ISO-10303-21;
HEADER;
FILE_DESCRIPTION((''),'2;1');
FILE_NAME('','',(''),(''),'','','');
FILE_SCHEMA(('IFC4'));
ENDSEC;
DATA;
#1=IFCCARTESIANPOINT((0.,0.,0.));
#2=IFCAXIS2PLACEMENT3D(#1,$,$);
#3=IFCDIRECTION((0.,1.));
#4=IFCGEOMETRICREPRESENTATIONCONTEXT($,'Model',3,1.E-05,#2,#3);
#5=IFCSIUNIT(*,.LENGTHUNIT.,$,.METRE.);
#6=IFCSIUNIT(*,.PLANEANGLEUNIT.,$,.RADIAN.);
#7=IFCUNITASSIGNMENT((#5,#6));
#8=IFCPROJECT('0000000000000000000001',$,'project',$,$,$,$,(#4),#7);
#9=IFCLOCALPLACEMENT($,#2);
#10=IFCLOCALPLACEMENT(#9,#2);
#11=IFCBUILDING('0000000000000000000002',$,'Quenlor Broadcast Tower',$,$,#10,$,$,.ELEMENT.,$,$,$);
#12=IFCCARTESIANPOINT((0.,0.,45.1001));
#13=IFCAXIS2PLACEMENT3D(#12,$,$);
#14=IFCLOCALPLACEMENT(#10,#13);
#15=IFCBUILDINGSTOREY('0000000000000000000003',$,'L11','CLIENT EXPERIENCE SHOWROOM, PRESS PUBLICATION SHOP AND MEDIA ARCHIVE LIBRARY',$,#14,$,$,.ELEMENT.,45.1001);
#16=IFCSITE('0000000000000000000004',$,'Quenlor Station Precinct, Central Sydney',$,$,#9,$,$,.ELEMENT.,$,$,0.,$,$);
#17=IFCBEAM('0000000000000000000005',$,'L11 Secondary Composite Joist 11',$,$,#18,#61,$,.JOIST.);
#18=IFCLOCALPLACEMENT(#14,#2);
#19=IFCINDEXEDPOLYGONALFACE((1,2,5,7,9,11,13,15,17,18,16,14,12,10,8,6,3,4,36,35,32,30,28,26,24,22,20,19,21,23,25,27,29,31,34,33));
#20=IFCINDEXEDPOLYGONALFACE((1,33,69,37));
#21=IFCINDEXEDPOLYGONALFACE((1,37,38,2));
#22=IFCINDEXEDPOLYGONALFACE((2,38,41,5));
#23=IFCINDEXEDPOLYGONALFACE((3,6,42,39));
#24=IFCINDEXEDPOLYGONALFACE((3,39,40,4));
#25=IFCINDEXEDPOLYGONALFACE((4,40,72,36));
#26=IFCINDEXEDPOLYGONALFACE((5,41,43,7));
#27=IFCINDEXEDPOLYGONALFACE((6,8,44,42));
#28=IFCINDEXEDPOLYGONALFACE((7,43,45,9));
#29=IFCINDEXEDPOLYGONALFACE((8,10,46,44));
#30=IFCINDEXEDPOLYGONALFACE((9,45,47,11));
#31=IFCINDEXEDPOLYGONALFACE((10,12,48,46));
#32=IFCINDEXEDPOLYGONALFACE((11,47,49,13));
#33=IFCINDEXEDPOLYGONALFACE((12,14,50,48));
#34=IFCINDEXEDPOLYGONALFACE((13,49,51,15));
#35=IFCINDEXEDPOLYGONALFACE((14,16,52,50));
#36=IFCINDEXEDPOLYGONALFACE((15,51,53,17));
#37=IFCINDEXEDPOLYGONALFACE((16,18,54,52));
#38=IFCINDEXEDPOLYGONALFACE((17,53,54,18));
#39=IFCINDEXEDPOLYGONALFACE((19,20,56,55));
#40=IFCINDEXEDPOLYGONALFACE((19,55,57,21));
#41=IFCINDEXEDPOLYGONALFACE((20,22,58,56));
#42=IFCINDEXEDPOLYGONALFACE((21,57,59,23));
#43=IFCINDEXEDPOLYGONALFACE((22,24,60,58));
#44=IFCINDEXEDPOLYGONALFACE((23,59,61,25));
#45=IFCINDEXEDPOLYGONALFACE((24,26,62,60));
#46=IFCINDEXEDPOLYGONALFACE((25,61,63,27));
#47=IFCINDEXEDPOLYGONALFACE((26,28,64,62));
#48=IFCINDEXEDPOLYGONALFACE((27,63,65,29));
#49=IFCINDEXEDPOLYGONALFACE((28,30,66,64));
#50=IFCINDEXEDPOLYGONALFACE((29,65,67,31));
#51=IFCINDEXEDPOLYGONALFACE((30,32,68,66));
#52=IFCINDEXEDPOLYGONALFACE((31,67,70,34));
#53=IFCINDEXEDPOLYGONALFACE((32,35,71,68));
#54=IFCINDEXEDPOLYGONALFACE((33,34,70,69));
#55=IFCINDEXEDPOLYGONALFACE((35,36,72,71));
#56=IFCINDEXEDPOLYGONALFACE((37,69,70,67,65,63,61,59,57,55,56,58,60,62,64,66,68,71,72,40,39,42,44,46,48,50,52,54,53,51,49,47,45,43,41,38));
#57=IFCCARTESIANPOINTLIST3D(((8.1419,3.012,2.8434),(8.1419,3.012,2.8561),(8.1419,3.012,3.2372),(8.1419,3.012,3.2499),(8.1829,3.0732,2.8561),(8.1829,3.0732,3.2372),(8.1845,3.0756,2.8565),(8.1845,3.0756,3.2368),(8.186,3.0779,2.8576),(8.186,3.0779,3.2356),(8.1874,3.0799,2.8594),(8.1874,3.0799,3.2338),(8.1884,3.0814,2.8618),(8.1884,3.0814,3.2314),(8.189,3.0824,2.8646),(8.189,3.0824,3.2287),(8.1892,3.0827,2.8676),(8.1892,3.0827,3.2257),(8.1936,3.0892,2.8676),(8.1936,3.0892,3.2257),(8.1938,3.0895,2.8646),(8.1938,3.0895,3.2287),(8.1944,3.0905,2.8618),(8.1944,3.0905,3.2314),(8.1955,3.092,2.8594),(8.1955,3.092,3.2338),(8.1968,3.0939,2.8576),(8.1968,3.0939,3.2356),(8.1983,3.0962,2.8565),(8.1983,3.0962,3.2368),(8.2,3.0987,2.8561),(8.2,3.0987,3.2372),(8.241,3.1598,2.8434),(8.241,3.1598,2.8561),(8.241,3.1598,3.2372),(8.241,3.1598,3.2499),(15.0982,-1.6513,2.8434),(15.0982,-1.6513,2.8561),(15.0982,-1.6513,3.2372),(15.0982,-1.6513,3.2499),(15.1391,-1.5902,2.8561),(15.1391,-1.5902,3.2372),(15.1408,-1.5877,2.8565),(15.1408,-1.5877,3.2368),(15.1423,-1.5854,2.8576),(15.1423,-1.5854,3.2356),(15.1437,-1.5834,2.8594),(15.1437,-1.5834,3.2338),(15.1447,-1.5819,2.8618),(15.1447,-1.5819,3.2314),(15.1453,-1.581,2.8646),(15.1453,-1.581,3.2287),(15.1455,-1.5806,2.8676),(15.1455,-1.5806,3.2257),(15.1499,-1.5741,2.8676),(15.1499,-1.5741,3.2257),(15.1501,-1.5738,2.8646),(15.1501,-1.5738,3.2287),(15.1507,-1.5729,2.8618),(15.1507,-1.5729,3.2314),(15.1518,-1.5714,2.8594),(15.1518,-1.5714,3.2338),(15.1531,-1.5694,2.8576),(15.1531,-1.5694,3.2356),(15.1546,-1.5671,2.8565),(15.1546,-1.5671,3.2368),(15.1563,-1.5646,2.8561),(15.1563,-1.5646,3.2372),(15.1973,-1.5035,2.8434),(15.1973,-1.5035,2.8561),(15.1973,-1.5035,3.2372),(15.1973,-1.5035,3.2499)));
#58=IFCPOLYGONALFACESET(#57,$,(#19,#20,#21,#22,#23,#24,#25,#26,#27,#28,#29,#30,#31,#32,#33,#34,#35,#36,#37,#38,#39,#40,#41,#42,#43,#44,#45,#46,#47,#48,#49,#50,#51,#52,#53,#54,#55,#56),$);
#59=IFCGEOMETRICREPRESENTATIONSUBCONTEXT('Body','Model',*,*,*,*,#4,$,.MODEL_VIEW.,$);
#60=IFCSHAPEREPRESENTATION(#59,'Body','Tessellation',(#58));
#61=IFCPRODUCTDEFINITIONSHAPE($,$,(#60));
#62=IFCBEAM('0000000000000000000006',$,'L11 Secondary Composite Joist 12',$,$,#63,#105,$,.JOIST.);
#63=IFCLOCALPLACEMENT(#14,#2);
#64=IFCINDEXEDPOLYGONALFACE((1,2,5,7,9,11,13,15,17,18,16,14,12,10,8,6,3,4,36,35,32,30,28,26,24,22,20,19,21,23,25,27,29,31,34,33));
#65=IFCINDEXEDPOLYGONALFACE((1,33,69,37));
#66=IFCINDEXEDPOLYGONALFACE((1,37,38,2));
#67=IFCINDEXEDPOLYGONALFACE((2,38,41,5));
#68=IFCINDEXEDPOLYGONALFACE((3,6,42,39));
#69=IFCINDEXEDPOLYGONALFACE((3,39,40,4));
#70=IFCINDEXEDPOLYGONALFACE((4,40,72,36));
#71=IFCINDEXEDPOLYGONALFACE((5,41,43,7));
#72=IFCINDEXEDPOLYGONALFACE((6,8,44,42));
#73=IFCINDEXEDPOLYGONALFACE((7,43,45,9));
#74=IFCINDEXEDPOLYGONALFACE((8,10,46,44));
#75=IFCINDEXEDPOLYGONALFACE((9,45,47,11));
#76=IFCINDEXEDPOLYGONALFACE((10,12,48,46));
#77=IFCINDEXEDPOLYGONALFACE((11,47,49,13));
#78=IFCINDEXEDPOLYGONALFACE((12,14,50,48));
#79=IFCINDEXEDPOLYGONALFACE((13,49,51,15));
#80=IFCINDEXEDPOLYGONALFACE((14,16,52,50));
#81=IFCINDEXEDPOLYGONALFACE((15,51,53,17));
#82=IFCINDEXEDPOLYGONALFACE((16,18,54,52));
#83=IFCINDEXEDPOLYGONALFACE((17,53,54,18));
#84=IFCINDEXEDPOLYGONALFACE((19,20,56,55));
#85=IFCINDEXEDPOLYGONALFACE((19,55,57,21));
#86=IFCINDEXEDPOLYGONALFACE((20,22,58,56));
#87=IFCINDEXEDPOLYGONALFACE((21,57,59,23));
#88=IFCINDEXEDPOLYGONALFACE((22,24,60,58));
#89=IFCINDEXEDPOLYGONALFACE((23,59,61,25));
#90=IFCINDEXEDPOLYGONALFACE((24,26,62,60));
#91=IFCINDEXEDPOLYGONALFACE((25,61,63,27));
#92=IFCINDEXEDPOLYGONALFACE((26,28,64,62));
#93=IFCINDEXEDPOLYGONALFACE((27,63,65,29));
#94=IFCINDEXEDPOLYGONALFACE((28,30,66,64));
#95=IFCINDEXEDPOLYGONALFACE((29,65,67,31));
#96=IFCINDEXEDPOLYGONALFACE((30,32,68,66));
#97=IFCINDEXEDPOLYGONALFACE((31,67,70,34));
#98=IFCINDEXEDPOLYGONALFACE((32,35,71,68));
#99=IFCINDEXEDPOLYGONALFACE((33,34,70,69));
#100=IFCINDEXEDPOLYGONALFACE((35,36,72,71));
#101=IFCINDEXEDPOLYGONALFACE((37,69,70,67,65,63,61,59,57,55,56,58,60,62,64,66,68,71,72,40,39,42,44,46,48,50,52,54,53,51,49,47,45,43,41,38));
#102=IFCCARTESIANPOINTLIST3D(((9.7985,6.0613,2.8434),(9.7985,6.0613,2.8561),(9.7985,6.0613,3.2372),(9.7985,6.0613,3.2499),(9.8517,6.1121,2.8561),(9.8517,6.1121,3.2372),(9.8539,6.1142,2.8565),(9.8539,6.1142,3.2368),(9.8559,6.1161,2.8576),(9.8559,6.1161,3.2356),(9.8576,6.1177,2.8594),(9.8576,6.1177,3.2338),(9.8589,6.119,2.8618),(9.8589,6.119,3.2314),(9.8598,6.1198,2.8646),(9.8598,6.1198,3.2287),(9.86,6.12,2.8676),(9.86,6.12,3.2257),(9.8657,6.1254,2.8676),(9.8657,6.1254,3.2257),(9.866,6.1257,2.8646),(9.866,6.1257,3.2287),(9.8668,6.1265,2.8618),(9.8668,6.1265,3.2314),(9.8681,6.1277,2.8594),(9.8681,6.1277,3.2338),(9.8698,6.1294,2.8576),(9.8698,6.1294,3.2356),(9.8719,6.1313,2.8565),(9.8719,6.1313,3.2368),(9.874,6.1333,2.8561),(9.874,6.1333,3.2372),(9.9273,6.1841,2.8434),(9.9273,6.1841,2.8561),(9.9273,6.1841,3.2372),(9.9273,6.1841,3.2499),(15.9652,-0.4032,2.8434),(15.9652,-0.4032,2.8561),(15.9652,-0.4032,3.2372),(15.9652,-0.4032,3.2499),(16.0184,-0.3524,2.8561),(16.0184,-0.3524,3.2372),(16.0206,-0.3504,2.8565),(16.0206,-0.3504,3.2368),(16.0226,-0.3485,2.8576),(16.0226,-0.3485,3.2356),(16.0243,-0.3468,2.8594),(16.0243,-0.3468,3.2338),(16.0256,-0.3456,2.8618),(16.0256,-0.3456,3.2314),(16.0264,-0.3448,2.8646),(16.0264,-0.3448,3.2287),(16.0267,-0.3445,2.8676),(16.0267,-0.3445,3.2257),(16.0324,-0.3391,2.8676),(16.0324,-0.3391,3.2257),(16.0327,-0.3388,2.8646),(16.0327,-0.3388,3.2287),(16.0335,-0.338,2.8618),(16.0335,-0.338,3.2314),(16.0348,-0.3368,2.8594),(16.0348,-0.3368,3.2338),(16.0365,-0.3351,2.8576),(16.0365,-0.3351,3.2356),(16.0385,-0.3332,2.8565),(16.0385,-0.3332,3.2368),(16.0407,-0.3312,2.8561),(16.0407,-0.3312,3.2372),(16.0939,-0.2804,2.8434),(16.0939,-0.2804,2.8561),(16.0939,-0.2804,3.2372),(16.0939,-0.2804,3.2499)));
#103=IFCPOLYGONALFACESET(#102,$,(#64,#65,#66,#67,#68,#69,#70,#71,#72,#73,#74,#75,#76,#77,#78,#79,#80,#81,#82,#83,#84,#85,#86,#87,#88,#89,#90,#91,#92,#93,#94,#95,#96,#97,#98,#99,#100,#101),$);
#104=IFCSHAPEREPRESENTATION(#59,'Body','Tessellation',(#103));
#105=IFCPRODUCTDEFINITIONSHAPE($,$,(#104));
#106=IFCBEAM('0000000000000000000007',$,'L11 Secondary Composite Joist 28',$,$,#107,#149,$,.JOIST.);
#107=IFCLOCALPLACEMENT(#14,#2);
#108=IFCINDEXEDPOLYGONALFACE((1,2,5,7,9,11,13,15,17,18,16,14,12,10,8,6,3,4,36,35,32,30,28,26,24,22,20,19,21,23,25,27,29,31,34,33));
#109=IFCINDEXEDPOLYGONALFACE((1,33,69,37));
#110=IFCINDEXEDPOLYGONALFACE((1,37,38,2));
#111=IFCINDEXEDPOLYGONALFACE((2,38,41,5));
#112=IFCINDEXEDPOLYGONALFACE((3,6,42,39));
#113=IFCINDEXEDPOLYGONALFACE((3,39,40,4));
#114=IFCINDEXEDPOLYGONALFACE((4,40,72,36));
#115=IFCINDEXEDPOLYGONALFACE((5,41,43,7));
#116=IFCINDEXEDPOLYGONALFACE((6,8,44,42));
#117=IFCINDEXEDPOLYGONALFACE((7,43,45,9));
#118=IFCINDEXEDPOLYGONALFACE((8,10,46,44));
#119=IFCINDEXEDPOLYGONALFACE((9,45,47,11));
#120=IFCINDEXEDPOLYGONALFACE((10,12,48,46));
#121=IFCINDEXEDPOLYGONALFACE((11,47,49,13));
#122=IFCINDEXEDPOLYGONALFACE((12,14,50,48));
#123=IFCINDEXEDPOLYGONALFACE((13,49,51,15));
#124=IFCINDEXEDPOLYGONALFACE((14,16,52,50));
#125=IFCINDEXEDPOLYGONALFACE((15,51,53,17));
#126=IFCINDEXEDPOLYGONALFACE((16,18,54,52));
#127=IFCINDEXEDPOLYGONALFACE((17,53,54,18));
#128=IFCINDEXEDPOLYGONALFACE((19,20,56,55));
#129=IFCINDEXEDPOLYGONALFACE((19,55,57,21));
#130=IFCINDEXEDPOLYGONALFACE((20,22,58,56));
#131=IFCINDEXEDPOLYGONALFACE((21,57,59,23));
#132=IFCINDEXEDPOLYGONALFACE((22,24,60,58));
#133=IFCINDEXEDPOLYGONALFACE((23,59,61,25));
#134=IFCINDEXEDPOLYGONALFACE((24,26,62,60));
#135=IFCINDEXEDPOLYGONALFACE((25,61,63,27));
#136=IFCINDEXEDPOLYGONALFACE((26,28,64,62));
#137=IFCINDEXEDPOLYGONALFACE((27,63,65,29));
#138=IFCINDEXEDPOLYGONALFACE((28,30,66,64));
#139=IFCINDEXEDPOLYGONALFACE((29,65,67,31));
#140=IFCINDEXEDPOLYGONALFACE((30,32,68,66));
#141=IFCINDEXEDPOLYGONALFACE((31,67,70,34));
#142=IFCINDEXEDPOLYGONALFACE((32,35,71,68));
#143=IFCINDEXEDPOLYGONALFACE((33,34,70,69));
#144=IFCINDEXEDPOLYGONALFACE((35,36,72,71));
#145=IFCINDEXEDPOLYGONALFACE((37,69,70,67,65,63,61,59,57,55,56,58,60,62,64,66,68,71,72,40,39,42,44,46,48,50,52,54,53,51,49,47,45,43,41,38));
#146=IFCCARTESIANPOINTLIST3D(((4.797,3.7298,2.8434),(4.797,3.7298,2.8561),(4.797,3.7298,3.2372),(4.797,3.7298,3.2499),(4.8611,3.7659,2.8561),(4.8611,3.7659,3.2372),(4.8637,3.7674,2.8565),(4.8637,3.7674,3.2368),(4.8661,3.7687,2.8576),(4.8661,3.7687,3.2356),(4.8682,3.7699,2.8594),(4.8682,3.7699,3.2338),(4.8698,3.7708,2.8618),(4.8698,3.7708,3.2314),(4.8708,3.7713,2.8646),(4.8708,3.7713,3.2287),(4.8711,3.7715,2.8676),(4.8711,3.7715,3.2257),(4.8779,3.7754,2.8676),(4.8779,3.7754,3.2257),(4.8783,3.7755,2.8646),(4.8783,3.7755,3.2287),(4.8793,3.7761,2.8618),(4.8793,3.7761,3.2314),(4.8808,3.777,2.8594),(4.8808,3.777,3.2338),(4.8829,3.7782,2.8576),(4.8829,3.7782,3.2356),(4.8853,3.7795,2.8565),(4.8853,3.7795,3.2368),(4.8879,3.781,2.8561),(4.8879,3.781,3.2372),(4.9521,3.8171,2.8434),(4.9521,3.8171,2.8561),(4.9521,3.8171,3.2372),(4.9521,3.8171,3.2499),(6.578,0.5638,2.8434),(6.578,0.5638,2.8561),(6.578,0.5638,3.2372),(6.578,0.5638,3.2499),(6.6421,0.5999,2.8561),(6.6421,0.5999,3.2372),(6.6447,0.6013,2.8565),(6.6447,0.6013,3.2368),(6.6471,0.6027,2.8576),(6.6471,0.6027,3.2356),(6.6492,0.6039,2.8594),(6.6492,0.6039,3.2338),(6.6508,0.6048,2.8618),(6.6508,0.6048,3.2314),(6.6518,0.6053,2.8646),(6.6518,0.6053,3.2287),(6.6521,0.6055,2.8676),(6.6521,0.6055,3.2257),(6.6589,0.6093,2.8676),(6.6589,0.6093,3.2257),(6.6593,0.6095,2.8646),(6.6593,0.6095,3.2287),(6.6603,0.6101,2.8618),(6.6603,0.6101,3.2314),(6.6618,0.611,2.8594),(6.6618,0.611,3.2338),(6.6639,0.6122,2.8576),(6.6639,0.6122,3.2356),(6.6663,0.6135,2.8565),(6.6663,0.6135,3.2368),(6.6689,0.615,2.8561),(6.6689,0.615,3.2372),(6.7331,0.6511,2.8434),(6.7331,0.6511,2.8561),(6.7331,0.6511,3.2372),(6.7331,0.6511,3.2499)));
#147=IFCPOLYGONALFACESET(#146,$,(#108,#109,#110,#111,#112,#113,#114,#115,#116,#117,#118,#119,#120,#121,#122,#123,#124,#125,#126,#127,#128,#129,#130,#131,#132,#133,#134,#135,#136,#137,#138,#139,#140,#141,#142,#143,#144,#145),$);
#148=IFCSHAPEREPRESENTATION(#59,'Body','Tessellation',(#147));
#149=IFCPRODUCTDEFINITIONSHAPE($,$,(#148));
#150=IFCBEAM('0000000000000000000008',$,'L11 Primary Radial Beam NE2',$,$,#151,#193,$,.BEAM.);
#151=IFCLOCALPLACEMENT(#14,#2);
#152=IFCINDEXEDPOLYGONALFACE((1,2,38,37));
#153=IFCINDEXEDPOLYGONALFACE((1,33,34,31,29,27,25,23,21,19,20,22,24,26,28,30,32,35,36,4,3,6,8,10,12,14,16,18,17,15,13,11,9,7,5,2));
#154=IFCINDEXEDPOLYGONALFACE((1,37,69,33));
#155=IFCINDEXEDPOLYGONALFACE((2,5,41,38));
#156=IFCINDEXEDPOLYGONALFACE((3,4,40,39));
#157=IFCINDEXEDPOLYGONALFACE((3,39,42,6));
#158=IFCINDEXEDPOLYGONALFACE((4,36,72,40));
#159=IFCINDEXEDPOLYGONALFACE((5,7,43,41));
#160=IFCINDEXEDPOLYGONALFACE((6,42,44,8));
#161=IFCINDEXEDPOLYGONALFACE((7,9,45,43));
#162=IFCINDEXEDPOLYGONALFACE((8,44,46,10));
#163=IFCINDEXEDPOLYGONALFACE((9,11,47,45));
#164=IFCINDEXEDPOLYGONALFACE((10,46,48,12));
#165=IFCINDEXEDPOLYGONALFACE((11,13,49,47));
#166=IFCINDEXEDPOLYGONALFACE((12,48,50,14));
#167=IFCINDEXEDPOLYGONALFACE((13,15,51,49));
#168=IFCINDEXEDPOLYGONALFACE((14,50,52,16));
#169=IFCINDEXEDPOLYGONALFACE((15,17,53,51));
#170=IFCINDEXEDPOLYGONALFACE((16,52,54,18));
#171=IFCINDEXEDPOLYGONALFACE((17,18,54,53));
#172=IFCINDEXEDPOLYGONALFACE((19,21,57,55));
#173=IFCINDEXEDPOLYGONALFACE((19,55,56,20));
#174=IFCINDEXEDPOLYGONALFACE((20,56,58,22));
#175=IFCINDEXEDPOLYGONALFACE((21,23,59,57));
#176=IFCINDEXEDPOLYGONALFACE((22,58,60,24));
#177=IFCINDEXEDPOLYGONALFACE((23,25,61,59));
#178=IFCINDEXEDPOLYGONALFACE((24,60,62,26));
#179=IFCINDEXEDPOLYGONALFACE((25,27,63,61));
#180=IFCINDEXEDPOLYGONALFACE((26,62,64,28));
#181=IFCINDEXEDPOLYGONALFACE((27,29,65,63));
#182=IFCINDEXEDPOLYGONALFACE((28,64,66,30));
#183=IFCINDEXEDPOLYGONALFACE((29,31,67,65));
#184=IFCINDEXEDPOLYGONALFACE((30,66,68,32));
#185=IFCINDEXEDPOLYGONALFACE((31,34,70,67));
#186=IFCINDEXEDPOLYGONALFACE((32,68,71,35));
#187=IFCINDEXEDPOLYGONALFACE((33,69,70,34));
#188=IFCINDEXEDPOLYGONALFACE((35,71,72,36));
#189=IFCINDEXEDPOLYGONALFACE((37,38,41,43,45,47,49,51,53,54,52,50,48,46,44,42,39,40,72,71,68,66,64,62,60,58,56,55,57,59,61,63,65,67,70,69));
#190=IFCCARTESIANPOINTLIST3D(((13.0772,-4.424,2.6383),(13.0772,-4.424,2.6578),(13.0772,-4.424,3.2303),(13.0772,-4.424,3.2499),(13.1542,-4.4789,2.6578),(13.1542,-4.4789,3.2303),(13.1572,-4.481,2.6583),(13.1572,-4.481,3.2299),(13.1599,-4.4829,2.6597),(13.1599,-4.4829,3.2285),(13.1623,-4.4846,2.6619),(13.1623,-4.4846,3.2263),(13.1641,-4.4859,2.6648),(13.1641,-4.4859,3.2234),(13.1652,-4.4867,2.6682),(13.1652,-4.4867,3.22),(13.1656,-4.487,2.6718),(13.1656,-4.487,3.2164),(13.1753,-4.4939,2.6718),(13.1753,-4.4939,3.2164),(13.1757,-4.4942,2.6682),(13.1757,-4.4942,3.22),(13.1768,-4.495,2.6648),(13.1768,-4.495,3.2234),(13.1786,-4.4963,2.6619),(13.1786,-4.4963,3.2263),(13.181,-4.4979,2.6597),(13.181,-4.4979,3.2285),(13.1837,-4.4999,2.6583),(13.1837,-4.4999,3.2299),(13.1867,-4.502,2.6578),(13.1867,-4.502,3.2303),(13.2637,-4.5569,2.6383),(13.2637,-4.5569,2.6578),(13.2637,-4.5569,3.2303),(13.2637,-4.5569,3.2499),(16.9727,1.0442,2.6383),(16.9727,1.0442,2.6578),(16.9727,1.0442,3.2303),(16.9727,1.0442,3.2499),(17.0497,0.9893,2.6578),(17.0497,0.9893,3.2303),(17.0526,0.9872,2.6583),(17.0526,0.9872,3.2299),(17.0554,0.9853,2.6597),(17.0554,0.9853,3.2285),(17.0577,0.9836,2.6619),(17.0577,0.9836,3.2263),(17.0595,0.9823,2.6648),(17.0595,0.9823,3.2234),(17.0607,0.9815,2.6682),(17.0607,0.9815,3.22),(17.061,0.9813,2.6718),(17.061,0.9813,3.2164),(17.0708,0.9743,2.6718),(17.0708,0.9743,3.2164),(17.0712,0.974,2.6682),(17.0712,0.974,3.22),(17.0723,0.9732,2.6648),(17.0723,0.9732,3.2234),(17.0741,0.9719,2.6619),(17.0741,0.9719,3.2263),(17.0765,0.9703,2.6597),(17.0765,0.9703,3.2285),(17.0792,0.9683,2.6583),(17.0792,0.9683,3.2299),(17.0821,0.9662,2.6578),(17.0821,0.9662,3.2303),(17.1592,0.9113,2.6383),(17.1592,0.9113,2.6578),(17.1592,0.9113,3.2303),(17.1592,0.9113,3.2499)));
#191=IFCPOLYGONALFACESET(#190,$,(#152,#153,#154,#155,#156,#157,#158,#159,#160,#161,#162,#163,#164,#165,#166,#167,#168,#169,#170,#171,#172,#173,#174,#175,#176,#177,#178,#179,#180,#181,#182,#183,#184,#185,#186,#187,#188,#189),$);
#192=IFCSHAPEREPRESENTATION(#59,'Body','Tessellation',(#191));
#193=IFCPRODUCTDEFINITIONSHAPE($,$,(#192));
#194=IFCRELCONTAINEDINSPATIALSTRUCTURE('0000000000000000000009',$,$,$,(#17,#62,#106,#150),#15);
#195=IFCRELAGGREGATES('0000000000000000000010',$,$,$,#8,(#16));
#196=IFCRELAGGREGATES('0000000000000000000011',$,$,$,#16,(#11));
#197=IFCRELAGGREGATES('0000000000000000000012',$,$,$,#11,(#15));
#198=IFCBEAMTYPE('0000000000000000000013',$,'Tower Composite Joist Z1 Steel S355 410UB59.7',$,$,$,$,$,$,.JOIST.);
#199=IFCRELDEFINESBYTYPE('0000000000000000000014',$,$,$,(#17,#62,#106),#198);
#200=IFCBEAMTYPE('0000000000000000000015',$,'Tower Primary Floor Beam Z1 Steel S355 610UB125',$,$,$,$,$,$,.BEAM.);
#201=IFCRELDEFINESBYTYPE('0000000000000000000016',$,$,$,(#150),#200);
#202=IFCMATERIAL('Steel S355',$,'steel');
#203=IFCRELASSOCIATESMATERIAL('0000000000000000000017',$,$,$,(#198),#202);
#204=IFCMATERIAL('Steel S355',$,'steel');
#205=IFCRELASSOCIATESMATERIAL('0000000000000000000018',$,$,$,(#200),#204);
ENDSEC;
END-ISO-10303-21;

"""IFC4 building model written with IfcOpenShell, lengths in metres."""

from ifc_helpers import new_model, si_unit, direction, frame, origin, origin_2d, place, context, subcontext, project, spatial, i_section, extrude, material, material_profile, profile_set, type_object, element, save


model = new_model("IFC4")

# Units and contexts
model_context = context("Model", 3, precision=1e-05, world=origin(), true_north=direction((0.0, 1.0)))
body_context = subcontext(model_context, "Body", "Model", "MODEL_VIEW")
ifc_project = project(units=[si_unit("LENGTHUNIT", "METRE"), si_unit("PLANEANGLEUNIT", "RADIAN")], contexts=[model_context])

# Site, building, storey
site_placement = place(None, origin())
site = spatial("IfcSite", under=ifc_project, at=site_placement, Name="Quenlor Station Precinct, Central Sydney", CompositionType="ELEMENT", RefElevation=0.0)
building_placement = place(site_placement, origin())
building = spatial("IfcBuilding", under=site, at=building_placement, Name="Quenlor Broadcast Tower", CompositionType="ELEMENT")
storey_placement = place(building_placement, frame((0.0, 0.0, 45.1001)))
storey = spatial("IfcBuildingStorey", under=building, at=storey_placement, Name="L11", Description="CLIENT EXPERIENCE SHOWROOM, PRESS PUBLICATION SHOP AND MEDIA ARCHIVE LIBRARY", CompositionType="ELEMENT", Elevation=45.1001)

# Beams
ifc_material_1 = material(Name="Steel S355", Category="steel")
ifc_material_profile_1 = material_profile(ifc_material_1, i_section(OverallWidth=0.178, OverallDepth=0.4065, WebThickness=0.0078, FlangeThickness=0.0127, FilletRadius=0.0115, at=origin_2d()))
ifc_profile_set_1 = profile_set([ifc_material_profile_1], Name="Steel S355 410UB59.7")
beam_type_1 = type_object("IfcBeamType", Name="Tower Composite Joist Z1 Steel S355 410UB59.7", PredefinedType="JOIST", material=ifc_profile_set_1)
beam_1_placement = place(storey_placement, frame((15.1477, -1.5774, 3.0466), z_axis=(-0.830626, 0.556831, 0.0), x_axis=(-0.556831, -0.830626, 0.0)))
element("IfcBeam", 1, at=beam_1_placement, inside=storey, type_object=beam_type_1, Name="L11 Secondary Composite Joist 11", PredefinedType="JOIST", context=body_context, shape_type="SweptSolid", body=[
    extrude(i_section(OverallWidth=0.178, OverallDepth=0.4065, WebThickness=0.0078, FlangeThickness=0.0127, FilletRadius=0.0115, at=origin_2d()), origin(), (0.0, 0.0, 1.0), 8.3748),
])
beam_2_placement = place(storey_placement, frame((16.0295, -0.3418, 3.0466), z_axis=(-0.690241, 0.723579, 0.0), x_axis=(-0.723579, -0.690241, 0.0)))
element("IfcBeam", 2, at=beam_2_placement, inside=storey, type_object=beam_type_1, Name="L11 Secondary Composite Joist 12", PredefinedType="JOIST", context=body_context, shape_type="SweptSolid", body=[
    extrude(i_section(OverallWidth=0.178, OverallDepth=0.4065, WebThickness=0.0078, FlangeThickness=0.0127, FilletRadius=0.0115, at=origin_2d()), origin(), (0.0, 0.0, 1.0), 8.9341),
])
beam_3_placement = place(storey_placement, frame((4.8745, 3.7734, 3.0466), z_axis=(0.490287, -0.871561, 0.0), x_axis=(0.871561, 0.490287, 0.0)))
element("IfcBeam", 3, at=beam_3_placement, inside=storey, type_object=beam_type_1, Name="L11 Secondary Composite Joist 28", PredefinedType="JOIST", context=body_context, shape_type="SweptSolid", body=[
    extrude(i_section(OverallWidth=0.178, OverallDepth=0.4065, WebThickness=0.0078, FlangeThickness=0.0127, FilletRadius=0.0115, at=origin_2d()), origin(), (0.0, 0.0, 1.0), 3.6326),
])
ifc_material_2 = material(Name="Steel S355", Category="steel")
ifc_material_profile_2 = material_profile(ifc_material_2, i_section(OverallWidth=0.229, OverallDepth=0.6116, WebThickness=0.012, FlangeThickness=0.0195, FilletRadius=0.0139, at=origin_2d()))
ifc_profile_set_2 = profile_set([ifc_material_profile_2], Name="Steel S355 610UB125")
beam_type_2 = type_object("IfcBeamType", Name="Tower Primary Floor Beam Z1 Steel S355 610UB125", PredefinedType="BEAM", material=ifc_profile_set_2)
beam_4_placement = place(storey_placement, frame((17.0659, 0.9778, 2.9441), z_axis=(-0.580213, -0.814465, 0.0), x_axis=(0.814465, -0.580213, 0.0)))
element("IfcBeam", 4, at=beam_4_placement, inside=storey, type_object=beam_type_2, Name="L11 Primary Radial Beam NE2", PredefinedType="BEAM", context=body_context, shape_type="SweptSolid", body=[
    extrude(i_section(OverallWidth=0.229, OverallDepth=0.6116, WebThickness=0.012, FlangeThickness=0.0195, FilletRadius=0.0139, at=origin_2d()), origin(), (0.0, 0.0, 1.0), 6.7139),
])

save(model, "model.ifc")
